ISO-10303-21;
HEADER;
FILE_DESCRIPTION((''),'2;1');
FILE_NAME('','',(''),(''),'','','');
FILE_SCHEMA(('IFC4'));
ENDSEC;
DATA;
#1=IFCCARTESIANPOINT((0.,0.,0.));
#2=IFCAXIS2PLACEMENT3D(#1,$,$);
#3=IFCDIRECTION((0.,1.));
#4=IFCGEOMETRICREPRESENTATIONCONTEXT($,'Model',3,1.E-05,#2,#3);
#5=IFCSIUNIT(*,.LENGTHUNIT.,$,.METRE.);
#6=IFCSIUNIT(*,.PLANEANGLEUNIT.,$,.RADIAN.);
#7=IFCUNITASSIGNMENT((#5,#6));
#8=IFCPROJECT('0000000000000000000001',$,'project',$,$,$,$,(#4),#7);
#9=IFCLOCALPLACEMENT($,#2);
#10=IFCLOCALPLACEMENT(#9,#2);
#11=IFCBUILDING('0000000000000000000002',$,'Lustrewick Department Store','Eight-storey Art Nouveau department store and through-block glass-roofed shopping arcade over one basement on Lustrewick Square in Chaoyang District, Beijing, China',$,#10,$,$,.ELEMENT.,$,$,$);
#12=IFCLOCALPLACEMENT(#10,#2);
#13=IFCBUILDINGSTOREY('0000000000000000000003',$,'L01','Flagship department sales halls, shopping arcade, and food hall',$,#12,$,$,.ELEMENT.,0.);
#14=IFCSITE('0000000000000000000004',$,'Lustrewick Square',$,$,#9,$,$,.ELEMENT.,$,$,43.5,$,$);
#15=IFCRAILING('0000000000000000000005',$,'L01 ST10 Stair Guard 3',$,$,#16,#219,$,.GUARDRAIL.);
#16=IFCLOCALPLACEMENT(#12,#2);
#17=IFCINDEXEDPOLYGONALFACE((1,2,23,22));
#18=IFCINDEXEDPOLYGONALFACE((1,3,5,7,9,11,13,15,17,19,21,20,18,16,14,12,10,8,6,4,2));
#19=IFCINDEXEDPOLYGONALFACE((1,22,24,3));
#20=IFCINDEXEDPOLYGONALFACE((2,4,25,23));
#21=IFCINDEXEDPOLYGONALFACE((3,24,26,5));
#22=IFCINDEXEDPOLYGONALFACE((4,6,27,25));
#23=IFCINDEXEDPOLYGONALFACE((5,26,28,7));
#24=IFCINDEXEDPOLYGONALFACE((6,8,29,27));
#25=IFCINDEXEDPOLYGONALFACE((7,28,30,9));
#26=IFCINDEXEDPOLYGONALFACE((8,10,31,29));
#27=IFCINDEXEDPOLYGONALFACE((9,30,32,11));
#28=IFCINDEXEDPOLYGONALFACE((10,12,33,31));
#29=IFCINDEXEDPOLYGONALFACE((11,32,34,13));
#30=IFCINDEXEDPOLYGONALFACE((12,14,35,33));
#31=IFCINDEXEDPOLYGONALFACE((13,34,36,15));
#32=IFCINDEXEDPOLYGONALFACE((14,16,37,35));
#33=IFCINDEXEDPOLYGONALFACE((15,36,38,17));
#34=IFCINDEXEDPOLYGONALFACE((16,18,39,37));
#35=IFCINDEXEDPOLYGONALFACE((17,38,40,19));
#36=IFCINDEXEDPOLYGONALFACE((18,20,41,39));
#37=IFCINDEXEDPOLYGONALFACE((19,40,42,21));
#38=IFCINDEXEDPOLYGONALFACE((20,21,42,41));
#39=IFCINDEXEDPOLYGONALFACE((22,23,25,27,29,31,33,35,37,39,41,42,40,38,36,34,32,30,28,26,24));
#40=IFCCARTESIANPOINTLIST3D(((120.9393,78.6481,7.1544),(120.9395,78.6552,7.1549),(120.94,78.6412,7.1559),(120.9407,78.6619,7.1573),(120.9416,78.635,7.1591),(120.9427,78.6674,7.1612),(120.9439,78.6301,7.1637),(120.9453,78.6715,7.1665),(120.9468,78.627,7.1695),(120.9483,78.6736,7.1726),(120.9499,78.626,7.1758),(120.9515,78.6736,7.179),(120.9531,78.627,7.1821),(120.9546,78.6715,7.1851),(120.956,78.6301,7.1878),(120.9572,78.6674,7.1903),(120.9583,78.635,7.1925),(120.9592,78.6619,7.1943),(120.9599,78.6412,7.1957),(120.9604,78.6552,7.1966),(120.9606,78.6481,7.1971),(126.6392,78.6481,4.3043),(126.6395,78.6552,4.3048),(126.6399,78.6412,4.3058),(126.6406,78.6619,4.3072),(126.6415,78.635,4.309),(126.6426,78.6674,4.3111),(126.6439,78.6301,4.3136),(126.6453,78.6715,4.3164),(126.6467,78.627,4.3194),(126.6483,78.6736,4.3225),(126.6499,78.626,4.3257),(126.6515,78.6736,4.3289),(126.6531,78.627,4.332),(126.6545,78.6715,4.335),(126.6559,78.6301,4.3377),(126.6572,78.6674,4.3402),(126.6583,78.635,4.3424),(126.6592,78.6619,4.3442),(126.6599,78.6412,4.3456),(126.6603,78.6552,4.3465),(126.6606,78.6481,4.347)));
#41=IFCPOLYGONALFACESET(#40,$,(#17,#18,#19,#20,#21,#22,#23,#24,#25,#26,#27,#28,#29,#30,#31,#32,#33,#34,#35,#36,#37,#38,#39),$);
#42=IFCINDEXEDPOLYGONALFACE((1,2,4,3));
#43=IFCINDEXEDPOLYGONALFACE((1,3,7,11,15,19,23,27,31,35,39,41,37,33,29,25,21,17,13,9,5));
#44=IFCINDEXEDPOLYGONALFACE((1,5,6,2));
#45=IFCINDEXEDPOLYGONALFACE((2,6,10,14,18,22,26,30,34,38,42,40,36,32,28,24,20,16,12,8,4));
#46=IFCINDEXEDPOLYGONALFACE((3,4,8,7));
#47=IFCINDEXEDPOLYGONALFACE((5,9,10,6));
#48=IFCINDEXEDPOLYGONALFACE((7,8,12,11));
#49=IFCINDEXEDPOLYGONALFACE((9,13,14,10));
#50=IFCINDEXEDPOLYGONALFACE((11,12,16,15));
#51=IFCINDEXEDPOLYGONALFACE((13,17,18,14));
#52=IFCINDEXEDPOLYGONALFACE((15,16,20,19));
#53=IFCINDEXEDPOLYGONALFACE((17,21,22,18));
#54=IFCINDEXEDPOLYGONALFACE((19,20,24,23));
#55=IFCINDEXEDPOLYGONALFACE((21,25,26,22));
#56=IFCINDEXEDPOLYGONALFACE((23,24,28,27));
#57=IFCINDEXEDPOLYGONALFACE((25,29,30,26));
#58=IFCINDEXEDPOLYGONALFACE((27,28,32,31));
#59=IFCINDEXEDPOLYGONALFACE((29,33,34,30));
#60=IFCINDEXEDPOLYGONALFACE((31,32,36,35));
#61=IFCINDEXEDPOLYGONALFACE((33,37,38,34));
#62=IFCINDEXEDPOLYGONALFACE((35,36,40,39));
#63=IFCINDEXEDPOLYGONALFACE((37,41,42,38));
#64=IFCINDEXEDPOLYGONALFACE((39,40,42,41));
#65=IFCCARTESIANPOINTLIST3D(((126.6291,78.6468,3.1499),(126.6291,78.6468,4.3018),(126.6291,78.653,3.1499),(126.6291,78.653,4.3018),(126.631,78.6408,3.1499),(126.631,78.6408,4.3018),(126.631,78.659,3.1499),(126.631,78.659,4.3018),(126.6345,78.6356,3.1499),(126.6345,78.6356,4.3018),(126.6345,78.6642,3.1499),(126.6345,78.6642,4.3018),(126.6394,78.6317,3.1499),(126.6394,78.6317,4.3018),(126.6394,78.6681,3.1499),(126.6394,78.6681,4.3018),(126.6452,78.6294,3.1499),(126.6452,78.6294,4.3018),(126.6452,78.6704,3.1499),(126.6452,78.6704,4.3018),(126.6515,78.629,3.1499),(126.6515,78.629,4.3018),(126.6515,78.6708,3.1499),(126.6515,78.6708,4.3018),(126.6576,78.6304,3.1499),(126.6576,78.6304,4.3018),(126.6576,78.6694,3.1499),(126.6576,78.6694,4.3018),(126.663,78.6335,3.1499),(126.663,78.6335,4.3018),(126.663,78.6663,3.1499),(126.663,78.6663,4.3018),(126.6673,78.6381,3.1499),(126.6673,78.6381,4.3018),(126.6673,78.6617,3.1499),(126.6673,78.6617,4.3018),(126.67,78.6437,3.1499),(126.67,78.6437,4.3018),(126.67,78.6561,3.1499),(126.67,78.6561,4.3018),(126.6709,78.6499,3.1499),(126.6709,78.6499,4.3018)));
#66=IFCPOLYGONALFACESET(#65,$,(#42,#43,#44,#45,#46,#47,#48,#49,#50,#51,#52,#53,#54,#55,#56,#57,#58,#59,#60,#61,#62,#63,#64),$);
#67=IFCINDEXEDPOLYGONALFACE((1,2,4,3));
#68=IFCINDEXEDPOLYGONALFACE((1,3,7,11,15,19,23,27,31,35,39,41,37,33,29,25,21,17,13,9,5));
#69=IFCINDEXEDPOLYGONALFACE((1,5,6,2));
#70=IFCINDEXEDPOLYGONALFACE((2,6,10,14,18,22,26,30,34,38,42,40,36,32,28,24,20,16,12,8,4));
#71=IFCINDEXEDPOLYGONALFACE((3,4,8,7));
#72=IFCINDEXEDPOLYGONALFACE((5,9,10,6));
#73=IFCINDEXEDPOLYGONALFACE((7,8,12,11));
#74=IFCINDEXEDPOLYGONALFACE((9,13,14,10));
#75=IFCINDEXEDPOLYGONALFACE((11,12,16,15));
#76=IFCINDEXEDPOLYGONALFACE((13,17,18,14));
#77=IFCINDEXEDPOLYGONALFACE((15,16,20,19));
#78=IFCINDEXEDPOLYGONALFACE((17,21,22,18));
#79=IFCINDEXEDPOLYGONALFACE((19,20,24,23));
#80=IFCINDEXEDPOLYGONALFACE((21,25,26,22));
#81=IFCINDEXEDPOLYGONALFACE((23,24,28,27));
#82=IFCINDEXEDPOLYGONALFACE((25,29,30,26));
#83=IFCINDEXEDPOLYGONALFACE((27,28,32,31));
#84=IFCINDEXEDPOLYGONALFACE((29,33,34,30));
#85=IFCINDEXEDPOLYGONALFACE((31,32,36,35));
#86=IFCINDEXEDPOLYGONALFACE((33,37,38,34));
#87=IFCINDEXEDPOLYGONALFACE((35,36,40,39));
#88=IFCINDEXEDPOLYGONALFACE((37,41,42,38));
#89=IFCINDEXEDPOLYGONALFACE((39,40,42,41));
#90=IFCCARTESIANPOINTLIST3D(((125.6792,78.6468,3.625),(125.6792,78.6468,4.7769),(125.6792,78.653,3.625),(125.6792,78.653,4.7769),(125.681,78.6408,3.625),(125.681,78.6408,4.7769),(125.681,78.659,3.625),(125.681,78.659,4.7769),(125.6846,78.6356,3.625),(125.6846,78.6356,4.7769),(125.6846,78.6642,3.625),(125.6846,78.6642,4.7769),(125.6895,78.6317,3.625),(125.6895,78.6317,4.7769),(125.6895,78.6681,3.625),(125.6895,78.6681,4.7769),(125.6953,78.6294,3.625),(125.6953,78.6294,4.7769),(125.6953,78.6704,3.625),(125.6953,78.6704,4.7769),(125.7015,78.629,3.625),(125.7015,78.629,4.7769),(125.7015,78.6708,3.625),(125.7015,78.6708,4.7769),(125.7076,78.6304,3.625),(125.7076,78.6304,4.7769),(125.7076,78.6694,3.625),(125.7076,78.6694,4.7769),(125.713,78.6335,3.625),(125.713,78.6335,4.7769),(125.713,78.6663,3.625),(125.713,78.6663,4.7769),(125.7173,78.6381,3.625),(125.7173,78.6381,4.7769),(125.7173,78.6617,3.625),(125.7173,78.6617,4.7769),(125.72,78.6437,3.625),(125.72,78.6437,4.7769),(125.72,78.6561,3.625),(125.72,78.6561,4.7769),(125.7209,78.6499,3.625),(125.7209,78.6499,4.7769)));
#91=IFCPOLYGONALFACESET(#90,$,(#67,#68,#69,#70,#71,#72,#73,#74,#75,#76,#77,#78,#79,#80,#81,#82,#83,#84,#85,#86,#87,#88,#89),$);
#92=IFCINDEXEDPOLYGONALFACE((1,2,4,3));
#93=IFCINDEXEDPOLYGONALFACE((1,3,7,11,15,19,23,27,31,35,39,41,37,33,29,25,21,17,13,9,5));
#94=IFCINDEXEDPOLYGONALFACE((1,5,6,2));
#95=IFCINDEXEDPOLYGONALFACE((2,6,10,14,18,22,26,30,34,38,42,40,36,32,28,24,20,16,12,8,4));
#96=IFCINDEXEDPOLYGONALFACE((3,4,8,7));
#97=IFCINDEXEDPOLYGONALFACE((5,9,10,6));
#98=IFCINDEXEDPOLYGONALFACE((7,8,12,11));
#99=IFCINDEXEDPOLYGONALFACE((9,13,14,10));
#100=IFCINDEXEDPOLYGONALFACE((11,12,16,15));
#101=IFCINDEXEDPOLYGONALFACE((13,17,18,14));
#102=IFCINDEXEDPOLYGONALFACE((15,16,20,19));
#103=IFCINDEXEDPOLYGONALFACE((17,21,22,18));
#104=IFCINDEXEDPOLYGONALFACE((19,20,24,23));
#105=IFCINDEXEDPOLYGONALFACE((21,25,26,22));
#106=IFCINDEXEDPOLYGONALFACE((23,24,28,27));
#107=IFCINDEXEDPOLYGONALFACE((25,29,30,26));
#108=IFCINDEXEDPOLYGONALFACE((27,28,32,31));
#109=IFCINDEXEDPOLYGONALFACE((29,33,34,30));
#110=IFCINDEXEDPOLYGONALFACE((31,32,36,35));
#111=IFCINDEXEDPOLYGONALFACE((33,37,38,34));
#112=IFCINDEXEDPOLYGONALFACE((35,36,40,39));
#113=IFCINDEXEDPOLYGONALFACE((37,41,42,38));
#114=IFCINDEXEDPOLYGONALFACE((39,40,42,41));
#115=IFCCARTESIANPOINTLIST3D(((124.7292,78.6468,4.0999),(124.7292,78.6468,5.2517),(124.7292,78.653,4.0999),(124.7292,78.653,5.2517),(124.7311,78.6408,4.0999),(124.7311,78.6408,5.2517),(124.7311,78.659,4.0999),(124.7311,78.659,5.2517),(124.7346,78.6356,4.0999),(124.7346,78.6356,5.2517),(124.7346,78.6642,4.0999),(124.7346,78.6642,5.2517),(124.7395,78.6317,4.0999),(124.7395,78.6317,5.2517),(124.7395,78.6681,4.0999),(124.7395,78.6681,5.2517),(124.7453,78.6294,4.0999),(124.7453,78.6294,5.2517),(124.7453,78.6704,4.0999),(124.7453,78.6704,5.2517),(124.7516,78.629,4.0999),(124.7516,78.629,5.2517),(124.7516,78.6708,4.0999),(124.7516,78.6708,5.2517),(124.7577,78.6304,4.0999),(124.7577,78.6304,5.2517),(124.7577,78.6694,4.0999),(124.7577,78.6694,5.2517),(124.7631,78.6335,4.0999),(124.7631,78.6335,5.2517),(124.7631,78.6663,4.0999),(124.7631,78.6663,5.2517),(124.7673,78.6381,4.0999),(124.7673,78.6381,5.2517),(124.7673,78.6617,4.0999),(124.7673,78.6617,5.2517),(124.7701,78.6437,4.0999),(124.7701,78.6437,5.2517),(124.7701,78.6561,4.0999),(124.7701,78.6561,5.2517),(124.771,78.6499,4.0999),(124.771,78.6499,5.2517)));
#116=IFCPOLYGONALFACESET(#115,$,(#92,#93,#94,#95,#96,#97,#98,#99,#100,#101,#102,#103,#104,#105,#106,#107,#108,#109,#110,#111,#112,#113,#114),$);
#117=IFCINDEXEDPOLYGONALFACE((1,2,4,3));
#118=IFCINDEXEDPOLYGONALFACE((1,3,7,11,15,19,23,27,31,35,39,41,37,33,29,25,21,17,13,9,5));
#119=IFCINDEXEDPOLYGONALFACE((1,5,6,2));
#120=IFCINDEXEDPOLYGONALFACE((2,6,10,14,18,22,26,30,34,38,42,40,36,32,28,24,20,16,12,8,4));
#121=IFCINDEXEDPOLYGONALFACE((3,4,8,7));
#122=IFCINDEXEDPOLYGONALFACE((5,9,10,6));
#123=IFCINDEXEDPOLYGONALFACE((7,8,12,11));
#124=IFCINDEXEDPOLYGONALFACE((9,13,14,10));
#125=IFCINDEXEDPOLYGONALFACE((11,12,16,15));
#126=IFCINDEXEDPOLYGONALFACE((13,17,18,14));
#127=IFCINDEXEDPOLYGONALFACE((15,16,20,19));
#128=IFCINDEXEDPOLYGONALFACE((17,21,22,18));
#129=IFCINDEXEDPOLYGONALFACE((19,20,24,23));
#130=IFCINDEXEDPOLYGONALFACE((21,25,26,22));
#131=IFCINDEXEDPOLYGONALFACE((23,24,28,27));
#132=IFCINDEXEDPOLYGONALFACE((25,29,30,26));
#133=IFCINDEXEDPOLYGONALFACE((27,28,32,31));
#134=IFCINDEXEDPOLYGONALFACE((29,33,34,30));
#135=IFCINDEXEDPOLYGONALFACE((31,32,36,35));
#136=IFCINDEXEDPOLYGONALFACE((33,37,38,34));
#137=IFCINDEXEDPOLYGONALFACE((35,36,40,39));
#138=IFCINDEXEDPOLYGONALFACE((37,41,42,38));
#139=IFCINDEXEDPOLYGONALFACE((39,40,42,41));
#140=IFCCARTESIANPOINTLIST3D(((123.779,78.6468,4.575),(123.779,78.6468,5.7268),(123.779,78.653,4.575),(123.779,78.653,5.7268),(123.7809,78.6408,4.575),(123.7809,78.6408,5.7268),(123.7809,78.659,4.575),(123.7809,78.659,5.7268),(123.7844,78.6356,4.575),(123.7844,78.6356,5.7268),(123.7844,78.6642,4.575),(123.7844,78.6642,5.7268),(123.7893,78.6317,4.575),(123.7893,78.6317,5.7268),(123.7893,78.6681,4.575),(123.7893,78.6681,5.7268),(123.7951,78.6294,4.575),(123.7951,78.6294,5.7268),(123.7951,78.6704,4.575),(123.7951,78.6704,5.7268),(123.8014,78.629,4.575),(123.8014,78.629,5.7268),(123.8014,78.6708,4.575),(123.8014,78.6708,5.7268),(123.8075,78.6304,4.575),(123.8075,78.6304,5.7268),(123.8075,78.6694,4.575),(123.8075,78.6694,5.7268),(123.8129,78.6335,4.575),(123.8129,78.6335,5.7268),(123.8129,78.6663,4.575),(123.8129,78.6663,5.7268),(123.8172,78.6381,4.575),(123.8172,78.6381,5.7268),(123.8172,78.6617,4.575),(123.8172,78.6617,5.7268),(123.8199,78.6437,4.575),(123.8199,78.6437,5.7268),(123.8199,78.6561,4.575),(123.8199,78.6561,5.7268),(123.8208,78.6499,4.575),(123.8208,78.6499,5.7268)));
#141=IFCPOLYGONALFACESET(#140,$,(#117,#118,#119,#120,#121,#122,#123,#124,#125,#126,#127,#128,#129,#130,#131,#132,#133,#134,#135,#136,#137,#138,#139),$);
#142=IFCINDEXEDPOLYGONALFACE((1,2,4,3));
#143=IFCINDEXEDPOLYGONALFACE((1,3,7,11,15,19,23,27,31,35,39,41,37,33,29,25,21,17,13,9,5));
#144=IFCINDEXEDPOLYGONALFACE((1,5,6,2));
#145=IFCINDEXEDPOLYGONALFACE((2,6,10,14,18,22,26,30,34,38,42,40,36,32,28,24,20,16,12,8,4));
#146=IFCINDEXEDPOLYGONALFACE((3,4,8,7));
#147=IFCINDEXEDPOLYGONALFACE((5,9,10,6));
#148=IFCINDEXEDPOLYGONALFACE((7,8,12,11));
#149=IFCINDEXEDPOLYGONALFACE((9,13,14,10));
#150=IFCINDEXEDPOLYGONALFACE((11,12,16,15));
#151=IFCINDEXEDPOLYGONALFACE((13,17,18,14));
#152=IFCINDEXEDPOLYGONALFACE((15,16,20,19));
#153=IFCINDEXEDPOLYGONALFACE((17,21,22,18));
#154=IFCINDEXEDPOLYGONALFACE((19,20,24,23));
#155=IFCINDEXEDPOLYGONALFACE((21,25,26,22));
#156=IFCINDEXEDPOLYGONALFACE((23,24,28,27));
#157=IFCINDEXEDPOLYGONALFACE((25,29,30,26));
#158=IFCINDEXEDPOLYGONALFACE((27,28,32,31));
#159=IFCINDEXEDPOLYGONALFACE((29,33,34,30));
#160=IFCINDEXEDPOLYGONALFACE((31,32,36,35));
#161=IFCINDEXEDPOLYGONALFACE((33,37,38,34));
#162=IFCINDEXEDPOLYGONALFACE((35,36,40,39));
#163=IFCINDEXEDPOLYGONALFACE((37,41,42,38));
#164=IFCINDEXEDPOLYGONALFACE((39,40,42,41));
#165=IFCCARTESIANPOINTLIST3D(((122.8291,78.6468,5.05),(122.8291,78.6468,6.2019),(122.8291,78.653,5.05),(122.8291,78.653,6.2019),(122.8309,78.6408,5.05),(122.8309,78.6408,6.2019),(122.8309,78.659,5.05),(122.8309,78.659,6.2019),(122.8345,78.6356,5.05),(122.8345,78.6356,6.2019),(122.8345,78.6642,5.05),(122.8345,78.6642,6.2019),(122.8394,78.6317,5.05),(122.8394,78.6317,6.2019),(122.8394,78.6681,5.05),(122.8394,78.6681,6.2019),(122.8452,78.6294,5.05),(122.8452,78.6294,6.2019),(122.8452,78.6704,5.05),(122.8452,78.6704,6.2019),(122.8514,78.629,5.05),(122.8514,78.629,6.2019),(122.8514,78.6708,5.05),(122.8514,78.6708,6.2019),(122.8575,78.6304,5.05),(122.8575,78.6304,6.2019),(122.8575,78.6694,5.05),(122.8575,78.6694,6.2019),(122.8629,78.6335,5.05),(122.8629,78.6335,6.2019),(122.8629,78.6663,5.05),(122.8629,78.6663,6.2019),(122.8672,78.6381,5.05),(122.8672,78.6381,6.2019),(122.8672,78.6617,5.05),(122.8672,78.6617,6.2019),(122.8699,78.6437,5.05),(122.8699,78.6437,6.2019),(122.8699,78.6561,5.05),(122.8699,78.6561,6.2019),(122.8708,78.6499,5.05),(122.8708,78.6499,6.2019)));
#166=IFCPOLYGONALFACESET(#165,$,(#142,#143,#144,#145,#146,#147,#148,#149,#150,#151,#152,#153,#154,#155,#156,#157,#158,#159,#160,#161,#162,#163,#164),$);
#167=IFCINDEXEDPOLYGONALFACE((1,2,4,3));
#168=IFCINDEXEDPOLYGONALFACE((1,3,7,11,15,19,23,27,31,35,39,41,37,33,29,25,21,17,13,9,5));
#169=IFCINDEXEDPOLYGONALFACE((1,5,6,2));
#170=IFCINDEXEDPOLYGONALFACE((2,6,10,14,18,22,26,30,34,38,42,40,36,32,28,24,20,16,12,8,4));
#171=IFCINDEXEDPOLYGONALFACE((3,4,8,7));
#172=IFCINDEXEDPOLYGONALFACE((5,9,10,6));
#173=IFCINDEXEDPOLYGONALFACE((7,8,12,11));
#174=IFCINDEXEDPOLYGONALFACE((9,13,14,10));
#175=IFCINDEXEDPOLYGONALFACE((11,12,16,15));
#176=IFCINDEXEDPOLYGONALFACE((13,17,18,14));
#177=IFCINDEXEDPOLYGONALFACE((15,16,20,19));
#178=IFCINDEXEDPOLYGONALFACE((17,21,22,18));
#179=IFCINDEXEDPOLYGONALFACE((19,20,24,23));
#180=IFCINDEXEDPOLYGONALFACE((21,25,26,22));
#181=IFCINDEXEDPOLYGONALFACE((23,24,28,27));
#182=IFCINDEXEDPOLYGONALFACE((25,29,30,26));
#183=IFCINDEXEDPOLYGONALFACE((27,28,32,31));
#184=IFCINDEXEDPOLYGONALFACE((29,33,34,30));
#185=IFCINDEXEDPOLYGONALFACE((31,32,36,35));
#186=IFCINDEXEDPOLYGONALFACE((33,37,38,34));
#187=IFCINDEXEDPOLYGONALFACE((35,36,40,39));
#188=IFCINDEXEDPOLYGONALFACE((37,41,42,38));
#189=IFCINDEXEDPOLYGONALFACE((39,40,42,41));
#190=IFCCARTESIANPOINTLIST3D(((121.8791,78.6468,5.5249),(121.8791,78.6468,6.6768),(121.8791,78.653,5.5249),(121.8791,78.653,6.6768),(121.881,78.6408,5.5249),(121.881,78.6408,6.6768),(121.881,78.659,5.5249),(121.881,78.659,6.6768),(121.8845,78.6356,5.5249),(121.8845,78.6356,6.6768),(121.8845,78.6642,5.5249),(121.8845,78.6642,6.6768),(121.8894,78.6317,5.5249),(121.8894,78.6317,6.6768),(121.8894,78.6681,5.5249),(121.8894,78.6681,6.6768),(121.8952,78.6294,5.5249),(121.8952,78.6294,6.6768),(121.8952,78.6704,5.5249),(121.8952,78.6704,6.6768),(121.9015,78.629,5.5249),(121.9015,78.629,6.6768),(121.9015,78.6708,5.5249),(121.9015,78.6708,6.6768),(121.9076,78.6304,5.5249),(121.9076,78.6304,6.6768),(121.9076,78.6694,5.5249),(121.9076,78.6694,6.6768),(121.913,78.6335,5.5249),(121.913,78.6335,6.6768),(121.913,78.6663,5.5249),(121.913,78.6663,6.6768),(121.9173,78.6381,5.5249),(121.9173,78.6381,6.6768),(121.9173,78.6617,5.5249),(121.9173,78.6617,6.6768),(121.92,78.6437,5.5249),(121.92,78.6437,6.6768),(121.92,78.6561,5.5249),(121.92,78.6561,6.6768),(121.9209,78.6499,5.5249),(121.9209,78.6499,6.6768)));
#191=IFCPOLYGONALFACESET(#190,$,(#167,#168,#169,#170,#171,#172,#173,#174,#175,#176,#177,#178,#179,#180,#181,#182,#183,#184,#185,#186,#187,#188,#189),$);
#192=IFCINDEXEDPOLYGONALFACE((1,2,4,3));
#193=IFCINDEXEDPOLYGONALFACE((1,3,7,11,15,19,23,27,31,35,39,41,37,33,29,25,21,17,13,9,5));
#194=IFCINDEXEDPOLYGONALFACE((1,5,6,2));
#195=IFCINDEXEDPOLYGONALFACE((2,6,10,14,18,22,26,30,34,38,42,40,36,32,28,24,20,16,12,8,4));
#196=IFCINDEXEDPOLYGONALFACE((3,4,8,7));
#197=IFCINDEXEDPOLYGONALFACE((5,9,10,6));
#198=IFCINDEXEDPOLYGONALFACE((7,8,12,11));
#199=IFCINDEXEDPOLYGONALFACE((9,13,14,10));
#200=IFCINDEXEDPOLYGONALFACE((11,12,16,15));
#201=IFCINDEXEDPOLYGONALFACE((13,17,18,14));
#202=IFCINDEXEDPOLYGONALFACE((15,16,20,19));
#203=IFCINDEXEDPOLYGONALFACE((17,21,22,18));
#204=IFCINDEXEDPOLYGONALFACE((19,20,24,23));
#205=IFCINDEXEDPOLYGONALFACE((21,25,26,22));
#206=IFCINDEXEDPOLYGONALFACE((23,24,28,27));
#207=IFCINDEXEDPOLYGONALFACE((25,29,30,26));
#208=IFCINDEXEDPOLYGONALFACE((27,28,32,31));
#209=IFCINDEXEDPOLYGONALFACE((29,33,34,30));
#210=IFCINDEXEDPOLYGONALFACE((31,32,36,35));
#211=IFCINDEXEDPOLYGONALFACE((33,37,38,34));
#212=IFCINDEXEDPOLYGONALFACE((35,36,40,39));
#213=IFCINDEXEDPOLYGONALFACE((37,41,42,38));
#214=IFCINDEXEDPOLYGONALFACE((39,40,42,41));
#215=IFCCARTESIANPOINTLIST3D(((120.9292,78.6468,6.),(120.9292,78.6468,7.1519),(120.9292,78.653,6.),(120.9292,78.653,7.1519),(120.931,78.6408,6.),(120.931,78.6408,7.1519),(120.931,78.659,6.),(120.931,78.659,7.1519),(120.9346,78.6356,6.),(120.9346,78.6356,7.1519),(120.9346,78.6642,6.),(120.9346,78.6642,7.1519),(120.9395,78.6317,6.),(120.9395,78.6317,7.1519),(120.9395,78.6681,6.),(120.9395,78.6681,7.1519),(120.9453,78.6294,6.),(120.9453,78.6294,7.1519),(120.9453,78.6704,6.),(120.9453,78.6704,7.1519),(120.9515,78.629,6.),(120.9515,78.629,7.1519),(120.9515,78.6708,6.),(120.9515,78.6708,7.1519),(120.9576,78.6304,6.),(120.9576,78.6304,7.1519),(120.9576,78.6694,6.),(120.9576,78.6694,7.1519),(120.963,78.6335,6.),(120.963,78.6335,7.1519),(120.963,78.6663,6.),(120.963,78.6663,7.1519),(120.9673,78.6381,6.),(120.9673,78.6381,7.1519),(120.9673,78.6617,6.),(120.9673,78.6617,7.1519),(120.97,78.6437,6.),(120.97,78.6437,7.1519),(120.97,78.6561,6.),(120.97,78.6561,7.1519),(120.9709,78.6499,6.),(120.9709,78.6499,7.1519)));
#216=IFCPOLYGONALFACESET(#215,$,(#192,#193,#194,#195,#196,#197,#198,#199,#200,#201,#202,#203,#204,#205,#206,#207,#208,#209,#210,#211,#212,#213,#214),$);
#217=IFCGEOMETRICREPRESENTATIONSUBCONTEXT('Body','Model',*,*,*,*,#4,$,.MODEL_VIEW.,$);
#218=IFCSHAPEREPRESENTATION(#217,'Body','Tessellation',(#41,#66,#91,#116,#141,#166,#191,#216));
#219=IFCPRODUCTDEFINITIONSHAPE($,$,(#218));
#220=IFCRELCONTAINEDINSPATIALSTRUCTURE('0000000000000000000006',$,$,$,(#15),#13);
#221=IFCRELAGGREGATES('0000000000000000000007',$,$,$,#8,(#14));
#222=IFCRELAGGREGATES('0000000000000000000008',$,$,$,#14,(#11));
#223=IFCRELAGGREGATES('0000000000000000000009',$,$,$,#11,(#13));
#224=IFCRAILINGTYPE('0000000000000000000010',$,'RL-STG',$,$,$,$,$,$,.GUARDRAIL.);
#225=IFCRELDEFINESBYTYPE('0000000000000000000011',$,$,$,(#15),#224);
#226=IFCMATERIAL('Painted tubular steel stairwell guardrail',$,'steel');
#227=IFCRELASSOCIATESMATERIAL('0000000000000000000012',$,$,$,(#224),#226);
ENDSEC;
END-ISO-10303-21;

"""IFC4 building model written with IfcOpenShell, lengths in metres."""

from ifc_helpers import new_model, si_unit, direction, frame, origin, origin_2d, place, context, subcontext, project, spatial, circle, extrude, material, type_object, element, save


model = new_model("IFC4")

# Units and contexts
model_context = context("Model", 3, precision=1e-05, world=origin(), true_north=direction((0.0, 1.0)))
body_context = subcontext(model_context, "Body", "Model", "MODEL_VIEW")
ifc_project = project(units=[si_unit("LENGTHUNIT", "METRE"), si_unit("PLANEANGLEUNIT", "RADIAN")], contexts=[model_context])

# Site, building, storey
site_placement = place(None, origin())
site = spatial("IfcSite", under=ifc_project, at=site_placement, Name="Lustrewick Square", CompositionType="ELEMENT", RefElevation=43.5)
building_placement = place(site_placement, origin())
building = spatial("IfcBuilding", under=site, at=building_placement, Name="Lustrewick Department Store", Description="Eight-storey Art Nouveau department store and through-block glass-roofed shopping arcade over one basement on Lustrewick Square in Chaoyang District, Beijing, China", CompositionType="ELEMENT")
storey_placement = place(building_placement, origin())
storey = spatial("IfcBuildingStorey", under=building, at=storey_placement, Name="L01", Description="Flagship department sales halls, shopping arcade, and food hall", CompositionType="ELEMENT", Elevation=0.0)

# Railing
ifc_material_1 = material(Name="Painted tubular steel stairwell guardrail", Category="steel")
railing_type_1 = type_object("IfcRailingType", Name="RL-STG", PredefinedType="GUARDRAIL", material=ifc_material_1)
railing_1_placement = place(storey_placement, frame((126.6499, 78.6499, 3.1499)))
element("IfcRailing", 1, at=railing_1_placement, inside=storey, type_object=railing_type_1, Name="L01 ST10 Stair Guard 3", PredefinedType="GUARDRAIL", context=body_context, shape_type="SweptSolid", body=[
    extrude(circle(Radius=0.0239, at=origin_2d()), frame((0.0, 0.0, 1.1758), z_axis=(-0.89442, 0.0, 0.447229), x_axis=(0.0, -1.0, 0.0)), (0.0, 0.0, 1.0), 6.3728),
    extrude(circle(Radius=0.021, at=origin_2d()), origin(), (0.0, 0.0, 1.0), 1.1519),
    extrude(circle(Radius=0.021, at=origin_2d()), frame((-0.95, 0.0, 0.4751)), (0.0, 0.0, 1.0), 1.1519),
    extrude(circle(Radius=0.021, at=origin_2d()), frame((-1.8999, 0.0, 0.95)), (0.0, 0.0, 1.0), 1.1519),
    extrude(circle(Radius=0.021, at=origin_2d()), frame((-2.8501, 0.0, 1.425)), (0.0, 0.0, 1.0), 1.1519),
    extrude(circle(Radius=0.021, at=origin_2d()), frame((-3.8, 0.0, 1.9001)), (0.0, 0.0, 1.0), 1.1519),
    extrude(circle(Radius=0.021, at=origin_2d()), frame((-4.75, 0.0, 2.375)), (0.0, 0.0, 1.0), 1.1519),
    extrude(circle(Radius=0.021, at=origin_2d()), frame((-5.7, 0.0, 2.8501)), (0.0, 0.0, 1.0), 1.1519),
])

save(model, "model.ifc")
